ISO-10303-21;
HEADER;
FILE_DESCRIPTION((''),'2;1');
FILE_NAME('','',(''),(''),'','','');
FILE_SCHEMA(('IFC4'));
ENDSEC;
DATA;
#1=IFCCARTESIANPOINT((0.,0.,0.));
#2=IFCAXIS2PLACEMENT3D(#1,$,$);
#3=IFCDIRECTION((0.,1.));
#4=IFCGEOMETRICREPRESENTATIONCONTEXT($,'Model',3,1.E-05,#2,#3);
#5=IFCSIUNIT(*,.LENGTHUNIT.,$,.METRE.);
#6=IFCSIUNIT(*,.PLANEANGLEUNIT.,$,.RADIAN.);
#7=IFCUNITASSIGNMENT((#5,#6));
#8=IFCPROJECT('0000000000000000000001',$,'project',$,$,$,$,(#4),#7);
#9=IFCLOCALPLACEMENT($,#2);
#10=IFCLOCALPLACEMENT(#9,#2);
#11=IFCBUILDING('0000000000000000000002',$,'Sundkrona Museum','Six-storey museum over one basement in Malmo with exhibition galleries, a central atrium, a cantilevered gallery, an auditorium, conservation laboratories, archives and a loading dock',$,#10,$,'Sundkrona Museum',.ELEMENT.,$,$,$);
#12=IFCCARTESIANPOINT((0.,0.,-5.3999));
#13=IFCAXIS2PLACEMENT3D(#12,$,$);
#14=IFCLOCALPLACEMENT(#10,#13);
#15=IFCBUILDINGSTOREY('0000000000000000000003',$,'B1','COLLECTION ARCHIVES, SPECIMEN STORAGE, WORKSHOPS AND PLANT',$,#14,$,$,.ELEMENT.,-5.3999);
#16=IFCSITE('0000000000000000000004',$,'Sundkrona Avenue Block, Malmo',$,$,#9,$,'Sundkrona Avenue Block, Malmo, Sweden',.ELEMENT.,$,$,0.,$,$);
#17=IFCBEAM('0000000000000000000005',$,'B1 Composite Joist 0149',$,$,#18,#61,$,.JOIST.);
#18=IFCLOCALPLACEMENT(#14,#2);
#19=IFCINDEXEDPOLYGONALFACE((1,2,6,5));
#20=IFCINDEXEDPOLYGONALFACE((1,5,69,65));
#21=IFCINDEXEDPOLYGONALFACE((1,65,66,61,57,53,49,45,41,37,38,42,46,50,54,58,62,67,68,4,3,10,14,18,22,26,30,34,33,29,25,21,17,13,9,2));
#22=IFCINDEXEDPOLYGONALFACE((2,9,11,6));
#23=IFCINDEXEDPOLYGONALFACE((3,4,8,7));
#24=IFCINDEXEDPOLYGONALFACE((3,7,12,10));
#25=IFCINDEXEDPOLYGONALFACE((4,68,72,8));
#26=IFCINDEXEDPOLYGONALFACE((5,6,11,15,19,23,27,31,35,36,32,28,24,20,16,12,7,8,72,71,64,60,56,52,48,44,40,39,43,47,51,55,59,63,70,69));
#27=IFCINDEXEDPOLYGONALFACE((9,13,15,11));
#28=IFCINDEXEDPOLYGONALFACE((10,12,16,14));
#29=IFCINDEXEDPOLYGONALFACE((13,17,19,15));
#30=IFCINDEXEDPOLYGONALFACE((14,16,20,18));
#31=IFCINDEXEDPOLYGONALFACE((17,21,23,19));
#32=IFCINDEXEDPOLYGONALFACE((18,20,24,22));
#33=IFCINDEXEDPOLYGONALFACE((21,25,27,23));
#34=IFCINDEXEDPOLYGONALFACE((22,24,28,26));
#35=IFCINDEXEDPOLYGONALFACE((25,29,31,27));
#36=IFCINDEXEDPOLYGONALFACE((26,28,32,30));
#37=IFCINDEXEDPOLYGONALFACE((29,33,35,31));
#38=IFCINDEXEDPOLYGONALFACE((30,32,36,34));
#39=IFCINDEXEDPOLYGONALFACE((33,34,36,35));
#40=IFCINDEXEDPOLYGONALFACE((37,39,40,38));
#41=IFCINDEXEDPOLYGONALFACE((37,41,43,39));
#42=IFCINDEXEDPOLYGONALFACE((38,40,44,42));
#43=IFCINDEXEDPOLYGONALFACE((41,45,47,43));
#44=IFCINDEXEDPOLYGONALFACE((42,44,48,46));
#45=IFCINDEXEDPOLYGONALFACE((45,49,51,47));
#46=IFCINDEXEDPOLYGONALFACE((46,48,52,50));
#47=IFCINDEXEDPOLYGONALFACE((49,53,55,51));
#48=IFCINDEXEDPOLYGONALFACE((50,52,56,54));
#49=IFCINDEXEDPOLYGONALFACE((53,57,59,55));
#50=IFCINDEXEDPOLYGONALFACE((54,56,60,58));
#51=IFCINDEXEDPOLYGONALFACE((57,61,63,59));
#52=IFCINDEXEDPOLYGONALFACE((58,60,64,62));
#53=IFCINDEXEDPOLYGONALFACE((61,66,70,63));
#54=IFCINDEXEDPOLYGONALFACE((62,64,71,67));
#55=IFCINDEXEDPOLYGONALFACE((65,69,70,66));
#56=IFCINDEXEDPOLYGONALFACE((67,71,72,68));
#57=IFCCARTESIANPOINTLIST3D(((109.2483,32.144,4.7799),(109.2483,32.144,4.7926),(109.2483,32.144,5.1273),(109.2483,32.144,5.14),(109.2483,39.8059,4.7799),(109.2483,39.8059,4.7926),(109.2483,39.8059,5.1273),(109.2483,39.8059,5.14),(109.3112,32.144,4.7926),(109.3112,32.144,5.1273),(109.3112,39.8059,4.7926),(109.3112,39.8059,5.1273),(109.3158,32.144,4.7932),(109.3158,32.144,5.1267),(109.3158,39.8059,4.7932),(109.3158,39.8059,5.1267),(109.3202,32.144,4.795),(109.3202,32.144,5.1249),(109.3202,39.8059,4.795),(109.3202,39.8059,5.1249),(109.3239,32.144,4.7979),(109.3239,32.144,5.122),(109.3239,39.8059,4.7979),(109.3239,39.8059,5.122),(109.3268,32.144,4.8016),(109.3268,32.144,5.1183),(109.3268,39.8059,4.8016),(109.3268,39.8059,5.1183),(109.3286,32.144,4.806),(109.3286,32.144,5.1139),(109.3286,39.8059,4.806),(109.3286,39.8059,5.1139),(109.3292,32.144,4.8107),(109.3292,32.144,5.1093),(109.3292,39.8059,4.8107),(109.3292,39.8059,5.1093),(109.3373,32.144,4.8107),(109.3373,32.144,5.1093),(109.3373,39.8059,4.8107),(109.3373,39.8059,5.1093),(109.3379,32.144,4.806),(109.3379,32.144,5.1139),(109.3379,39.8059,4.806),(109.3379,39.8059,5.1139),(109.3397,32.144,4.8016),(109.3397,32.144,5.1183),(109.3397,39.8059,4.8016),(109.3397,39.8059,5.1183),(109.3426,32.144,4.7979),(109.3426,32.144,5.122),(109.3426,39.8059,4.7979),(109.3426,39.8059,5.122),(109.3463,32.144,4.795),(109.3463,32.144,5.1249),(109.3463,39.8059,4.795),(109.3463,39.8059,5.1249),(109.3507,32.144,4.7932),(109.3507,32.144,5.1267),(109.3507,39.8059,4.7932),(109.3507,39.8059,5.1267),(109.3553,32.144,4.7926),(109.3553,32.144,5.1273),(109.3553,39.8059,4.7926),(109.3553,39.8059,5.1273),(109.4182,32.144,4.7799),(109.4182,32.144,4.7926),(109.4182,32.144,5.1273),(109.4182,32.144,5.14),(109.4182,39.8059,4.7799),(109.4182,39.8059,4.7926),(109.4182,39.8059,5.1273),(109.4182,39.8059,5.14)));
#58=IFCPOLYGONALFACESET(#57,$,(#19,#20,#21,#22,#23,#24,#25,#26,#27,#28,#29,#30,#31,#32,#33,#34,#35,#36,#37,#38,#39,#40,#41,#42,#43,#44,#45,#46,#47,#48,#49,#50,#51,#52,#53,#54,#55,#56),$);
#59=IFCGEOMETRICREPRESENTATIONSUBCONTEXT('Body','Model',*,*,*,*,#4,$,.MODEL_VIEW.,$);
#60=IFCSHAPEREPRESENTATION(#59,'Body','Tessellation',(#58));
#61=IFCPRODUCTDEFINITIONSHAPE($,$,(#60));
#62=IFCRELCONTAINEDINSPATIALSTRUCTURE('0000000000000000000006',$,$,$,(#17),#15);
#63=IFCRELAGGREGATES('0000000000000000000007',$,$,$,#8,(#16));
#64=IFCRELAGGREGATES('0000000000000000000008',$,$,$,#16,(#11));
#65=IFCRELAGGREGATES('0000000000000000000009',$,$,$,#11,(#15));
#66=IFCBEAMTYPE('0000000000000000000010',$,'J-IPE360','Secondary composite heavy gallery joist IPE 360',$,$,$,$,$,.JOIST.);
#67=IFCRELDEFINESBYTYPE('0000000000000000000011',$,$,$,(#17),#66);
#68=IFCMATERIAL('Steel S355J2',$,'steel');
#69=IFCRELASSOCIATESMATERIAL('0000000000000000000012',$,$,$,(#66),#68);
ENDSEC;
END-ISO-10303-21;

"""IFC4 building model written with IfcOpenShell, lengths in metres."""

from ifc_helpers import new_model, si_unit, direction, frame, origin, origin_2d, place, context, subcontext, project, spatial, i_section, extrude, material, material_profile, profile_set, type_object, element, save


model = new_model("IFC4")

# Units and contexts
model_context = context("Model", 3, precision=1e-05, world=origin(), true_north=direction((0.0, 1.0)))
body_context = subcontext(model_context, "Body", "Model", "MODEL_VIEW")
ifc_project = project(units=[si_unit("LENGTHUNIT", "METRE"), si_unit("PLANEANGLEUNIT", "RADIAN")], contexts=[model_context])

# Site, building, storey
site_placement = place(None, origin())
site = spatial("IfcSite", under=ifc_project, at=site_placement, Name="Sundkrona Avenue Block, Malmo", LongName="Sundkrona Avenue Block, Malmo, Sweden", CompositionType="ELEMENT", RefElevation=0.0)
building_placement = place(site_placement, origin())
building = spatial("IfcBuilding", under=site, at=building_placement, Name="Sundkrona Museum", Description="Six-storey museum over one basement in Malmo with exhibition galleries, a central atrium, a cantilevered gallery, an auditorium, conservation laboratories, archives and a loading dock", LongName="Sundkrona Museum", CompositionType="ELEMENT")
storey_placement = place(building_placement, frame((0.0, 0.0, -5.3999)))
storey = spatial("IfcBuildingStorey", under=building, at=storey_placement, Name="B1", Description="COLLECTION ARCHIVES, SPECIMEN STORAGE, WORKSHOPS AND PLANT", CompositionType="ELEMENT", Elevation=-5.3999)

# Shared definitions
ifc_material_1 = material(Name="Steel S355J2", Category="steel")

# Beam
ifc_material_profile_1 = material_profile(ifc_material_1, i_section(OverallWidth=0.1699, OverallDepth=0.3601, WebThickness=0.0081, FlangeThickness=0.0127, FilletRadius=0.0181, at=origin_2d()), Name="IPE 360")
ifc_profile_set_1 = profile_set([ifc_material_profile_1], Name="Steel S355J2")
beam_type_1 = type_object("IfcBeamType", Name="J-IPE360", Description="Secondary composite heavy gallery joist IPE 360", PredefinedType="JOIST", material=ifc_profile_set_1)
for number, where, z_axis, x_axis, name in (
    (1, (109.3333, 32.144, 4.96), (0.0, 1.0, 0.0), (-1.0, 0.0, 0.0), "B1 Composite Joist 0149"),
):
    element("IfcBeam", number, at=place(storey_placement, frame(where, z_axis=z_axis, x_axis=x_axis)), inside=storey, type_object=beam_type_1, Name=name, PredefinedType="JOIST", context=body_context, shape_type="SweptSolid", body=[
        extrude(i_section(OverallWidth=0.1699, OverallDepth=0.3601, WebThickness=0.0081, FlangeThickness=0.0127, FilletRadius=0.0181, at=origin_2d()), origin(), (0.0, 0.0, 1.0), 7.6619),
    ])

save(model, "model.ifc")
